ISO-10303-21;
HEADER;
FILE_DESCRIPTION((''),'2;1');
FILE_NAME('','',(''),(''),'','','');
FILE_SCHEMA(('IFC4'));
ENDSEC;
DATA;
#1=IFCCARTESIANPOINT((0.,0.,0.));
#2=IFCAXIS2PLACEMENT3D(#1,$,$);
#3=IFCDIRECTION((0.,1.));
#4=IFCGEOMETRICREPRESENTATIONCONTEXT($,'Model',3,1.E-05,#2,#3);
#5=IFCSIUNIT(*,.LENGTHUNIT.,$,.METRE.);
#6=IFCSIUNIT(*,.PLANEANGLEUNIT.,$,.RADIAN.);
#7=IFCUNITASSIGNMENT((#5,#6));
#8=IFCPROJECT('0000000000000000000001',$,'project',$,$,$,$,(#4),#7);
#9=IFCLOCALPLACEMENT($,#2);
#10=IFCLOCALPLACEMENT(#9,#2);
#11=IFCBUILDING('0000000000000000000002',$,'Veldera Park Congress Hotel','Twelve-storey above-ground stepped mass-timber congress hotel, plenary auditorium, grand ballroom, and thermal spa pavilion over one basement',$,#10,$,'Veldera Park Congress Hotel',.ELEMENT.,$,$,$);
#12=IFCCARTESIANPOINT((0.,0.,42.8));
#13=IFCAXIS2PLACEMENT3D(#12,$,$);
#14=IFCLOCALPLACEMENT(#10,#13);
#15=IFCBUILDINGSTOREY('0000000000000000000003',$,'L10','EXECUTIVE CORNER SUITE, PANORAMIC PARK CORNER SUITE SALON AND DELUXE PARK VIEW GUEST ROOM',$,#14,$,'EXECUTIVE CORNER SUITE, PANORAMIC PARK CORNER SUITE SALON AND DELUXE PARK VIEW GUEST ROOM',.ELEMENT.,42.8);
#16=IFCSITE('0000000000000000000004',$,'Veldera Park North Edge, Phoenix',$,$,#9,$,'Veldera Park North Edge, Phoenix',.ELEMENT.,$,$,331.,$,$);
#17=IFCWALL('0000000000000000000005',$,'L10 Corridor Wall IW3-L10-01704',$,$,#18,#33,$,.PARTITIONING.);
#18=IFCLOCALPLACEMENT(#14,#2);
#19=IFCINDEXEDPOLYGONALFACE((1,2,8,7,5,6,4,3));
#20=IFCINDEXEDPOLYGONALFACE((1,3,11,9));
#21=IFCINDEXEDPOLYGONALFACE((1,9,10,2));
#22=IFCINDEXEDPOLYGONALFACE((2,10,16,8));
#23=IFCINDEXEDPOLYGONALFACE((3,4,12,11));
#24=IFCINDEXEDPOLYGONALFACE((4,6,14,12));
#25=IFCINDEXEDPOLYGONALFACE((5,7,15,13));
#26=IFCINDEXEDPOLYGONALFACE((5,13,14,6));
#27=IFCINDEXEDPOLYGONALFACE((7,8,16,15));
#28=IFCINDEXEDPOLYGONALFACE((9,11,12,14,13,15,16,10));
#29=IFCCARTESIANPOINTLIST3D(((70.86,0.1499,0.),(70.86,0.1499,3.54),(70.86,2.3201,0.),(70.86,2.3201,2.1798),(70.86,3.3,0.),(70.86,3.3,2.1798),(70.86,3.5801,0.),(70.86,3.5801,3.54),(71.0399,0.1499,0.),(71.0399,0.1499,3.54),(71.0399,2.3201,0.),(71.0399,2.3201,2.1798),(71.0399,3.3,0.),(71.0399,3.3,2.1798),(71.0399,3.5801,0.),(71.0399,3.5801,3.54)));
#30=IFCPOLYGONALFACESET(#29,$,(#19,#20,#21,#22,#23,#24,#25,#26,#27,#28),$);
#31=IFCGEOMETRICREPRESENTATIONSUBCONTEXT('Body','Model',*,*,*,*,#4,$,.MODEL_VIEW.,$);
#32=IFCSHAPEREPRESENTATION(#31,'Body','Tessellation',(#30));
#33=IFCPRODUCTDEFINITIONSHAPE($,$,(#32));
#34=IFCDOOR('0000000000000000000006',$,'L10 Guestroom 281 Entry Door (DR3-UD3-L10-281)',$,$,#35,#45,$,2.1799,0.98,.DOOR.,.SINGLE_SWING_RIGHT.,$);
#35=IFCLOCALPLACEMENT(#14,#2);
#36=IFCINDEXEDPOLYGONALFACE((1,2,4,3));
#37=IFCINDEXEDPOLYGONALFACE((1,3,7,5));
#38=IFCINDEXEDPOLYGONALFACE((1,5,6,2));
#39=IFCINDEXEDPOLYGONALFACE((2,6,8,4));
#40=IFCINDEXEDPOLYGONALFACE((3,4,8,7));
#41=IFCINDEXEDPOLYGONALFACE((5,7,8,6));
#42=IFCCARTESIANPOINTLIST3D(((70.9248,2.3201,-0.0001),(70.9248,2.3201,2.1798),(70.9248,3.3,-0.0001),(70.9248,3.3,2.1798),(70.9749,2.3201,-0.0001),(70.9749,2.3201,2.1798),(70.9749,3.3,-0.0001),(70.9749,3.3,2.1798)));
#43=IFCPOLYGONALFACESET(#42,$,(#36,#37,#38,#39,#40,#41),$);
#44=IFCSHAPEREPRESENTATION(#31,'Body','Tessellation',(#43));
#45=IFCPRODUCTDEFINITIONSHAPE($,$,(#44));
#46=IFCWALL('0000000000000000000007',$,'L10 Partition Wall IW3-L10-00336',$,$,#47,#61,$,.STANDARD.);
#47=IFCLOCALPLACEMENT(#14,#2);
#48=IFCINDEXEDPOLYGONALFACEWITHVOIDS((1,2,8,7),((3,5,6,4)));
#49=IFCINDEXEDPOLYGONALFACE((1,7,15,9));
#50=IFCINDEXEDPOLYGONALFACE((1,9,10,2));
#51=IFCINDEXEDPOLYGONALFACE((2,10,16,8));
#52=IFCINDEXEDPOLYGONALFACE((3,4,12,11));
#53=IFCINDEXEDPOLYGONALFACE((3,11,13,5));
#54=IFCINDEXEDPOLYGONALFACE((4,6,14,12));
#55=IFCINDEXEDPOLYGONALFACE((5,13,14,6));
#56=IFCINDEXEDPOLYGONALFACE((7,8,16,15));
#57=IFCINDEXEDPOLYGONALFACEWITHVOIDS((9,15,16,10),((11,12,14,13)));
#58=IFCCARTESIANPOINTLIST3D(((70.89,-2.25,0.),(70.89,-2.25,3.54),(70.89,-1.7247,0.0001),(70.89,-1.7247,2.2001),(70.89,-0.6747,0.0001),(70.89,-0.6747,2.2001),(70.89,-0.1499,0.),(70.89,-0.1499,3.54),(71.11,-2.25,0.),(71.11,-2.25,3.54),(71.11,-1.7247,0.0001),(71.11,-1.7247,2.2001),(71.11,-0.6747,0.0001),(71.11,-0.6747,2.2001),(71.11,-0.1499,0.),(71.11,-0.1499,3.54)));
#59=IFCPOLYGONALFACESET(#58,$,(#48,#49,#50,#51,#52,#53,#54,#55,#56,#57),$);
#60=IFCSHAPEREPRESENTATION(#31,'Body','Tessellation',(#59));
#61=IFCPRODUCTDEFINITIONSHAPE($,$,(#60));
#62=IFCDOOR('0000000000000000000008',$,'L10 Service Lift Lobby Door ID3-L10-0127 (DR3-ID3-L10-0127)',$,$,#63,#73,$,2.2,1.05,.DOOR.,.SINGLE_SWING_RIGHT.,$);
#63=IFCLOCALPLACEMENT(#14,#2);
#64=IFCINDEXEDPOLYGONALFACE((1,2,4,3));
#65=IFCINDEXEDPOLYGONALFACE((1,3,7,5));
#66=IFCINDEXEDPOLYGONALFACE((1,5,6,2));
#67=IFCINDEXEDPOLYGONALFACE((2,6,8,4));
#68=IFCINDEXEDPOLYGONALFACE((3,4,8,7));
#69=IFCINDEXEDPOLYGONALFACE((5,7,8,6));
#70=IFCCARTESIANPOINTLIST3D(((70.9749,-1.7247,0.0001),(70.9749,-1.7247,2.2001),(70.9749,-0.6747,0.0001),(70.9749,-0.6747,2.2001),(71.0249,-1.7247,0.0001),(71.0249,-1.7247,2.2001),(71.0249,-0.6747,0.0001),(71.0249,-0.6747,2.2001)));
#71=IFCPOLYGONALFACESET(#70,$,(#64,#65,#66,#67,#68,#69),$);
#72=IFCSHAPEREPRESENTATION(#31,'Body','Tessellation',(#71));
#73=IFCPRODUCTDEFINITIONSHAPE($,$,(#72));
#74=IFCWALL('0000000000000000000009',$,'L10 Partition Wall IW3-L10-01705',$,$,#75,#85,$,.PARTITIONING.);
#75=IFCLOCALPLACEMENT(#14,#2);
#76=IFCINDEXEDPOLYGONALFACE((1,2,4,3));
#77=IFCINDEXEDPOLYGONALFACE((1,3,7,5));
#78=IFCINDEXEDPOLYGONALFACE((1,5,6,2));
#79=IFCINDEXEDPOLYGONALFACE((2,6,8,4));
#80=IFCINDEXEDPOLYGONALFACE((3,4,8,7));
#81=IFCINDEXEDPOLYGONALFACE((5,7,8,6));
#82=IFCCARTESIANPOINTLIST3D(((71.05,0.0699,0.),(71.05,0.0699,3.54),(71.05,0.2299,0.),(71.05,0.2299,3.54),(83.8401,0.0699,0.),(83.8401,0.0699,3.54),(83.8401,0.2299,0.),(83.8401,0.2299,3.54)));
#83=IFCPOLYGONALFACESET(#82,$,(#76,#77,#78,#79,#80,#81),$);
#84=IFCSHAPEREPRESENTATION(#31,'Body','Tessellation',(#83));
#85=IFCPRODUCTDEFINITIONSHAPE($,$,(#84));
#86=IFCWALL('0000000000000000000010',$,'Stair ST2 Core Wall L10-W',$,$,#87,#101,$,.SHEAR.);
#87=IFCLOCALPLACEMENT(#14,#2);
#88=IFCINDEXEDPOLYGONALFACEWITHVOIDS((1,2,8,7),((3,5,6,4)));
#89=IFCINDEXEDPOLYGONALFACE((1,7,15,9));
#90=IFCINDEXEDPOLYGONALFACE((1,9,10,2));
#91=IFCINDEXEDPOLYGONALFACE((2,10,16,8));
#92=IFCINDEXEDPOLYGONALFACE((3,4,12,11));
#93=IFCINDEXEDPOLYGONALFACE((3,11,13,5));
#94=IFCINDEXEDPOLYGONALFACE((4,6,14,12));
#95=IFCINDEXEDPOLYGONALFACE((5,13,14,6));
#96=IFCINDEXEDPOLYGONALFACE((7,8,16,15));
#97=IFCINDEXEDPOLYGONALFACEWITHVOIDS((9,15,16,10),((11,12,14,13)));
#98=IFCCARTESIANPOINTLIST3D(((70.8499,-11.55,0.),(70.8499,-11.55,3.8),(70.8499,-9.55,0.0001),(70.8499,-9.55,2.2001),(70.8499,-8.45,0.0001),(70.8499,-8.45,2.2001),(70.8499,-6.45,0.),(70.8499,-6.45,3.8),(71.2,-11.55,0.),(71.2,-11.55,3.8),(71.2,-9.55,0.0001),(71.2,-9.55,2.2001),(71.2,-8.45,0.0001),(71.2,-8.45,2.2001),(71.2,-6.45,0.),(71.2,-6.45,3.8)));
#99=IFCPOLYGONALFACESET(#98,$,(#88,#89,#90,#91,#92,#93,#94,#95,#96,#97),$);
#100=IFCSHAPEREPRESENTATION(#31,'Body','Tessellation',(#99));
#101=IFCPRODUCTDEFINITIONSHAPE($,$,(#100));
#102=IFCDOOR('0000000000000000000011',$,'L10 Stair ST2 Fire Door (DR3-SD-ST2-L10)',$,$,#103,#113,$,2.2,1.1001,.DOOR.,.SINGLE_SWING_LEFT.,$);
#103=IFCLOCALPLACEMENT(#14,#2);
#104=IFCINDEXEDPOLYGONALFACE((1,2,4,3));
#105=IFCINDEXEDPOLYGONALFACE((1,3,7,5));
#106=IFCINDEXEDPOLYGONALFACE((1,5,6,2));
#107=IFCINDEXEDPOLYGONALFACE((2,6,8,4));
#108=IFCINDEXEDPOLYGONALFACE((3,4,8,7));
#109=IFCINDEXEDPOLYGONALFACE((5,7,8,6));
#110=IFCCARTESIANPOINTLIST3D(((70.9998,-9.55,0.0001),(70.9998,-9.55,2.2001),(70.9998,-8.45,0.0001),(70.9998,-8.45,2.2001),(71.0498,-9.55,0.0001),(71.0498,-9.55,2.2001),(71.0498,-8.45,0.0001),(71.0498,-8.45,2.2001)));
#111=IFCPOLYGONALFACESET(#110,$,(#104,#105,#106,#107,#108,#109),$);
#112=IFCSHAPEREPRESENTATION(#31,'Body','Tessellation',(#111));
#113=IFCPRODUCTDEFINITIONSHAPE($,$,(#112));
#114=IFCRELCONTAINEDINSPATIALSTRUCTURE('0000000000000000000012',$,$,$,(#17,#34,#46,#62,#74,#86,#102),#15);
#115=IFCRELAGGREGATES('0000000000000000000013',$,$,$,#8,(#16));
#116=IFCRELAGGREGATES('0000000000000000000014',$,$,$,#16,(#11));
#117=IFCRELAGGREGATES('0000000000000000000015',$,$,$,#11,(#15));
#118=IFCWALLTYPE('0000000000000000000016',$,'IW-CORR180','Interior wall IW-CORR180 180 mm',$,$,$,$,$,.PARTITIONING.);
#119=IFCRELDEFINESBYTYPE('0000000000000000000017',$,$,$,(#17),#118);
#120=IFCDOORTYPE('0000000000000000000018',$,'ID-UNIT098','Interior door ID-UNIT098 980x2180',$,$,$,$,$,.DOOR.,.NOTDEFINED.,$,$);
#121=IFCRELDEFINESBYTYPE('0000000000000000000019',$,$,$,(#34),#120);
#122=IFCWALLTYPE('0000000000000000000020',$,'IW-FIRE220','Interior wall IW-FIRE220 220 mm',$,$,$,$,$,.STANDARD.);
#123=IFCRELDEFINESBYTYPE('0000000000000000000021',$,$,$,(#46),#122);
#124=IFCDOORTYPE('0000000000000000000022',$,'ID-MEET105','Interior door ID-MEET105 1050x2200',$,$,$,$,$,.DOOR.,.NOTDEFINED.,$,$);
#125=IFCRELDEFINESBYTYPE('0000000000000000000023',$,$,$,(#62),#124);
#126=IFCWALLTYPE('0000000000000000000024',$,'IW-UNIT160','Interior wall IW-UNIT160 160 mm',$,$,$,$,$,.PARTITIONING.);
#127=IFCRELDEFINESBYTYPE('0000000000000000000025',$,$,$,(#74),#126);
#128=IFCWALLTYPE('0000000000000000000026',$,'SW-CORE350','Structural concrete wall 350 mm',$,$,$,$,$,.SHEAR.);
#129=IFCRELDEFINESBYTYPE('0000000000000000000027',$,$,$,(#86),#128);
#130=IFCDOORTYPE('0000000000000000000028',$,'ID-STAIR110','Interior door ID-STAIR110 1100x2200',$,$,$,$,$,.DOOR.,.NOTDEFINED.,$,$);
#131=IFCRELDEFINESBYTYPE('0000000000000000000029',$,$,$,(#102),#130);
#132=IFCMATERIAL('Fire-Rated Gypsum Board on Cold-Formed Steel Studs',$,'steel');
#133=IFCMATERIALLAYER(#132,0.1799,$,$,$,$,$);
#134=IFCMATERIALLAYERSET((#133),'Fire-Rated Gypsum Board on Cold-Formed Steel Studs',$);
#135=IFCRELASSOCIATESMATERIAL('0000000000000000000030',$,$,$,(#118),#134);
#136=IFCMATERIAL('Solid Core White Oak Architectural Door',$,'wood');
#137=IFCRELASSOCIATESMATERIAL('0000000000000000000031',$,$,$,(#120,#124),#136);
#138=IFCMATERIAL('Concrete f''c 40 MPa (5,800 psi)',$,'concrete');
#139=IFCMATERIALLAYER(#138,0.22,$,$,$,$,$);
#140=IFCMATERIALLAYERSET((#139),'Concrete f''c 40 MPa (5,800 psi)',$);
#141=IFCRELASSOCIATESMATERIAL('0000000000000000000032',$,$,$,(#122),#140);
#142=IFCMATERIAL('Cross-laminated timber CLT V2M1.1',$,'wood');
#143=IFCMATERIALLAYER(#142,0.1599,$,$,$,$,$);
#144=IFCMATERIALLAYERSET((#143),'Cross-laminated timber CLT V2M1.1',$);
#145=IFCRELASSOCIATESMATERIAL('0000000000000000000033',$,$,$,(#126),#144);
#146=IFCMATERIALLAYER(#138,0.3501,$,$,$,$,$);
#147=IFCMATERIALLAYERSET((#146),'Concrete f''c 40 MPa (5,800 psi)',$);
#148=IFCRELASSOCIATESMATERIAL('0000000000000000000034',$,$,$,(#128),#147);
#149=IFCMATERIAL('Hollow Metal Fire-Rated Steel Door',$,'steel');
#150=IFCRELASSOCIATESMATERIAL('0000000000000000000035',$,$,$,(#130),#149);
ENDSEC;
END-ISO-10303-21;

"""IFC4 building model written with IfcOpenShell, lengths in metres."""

from ifc_helpers import new_model, si_unit, direction, frame, frame_2d, origin, place, context, subcontext, project, spatial, rectangle, extrude, material, layer, layer_set, type_object, element, fill, save


model = new_model("IFC4")

# Units and contexts
model_context = context("Model", 3, precision=1e-05, world=origin(), true_north=direction((0.0, 1.0)))
body_context = subcontext(model_context, "Body", "Model", "MODEL_VIEW")
ifc_project = project(units=[si_unit("LENGTHUNIT", "METRE"), si_unit("PLANEANGLEUNIT", "RADIAN")], contexts=[model_context])

# Site, building, storey
site_placement = place(None, origin())
site = spatial("IfcSite", under=ifc_project, at=site_placement, Name="Veldera Park North Edge, Phoenix", LongName="Veldera Park North Edge, Phoenix", CompositionType="ELEMENT", RefElevation=331.0)
building_placement = place(site_placement, origin())
building = spatial("IfcBuilding", under=site, at=building_placement, Name="Veldera Park Congress Hotel", Description="Twelve-storey above-ground stepped mass-timber congress hotel, plenary auditorium, grand ballroom, and thermal spa pavilion over one basement", LongName="Veldera Park Congress Hotel", CompositionType="ELEMENT")
storey_placement = place(building_placement, frame((0.0, 0.0, 42.8)))
storey = spatial("IfcBuildingStorey", under=building, at=storey_placement, Name="L10", Description="EXECUTIVE CORNER SUITE, PANORAMIC PARK CORNER SUITE SALON AND DELUXE PARK VIEW GUEST ROOM", LongName="EXECUTIVE CORNER SUITE, PANORAMIC PARK CORNER SUITE SALON AND DELUXE PARK VIEW GUEST ROOM", CompositionType="ELEMENT", Elevation=42.8)

# Shared definitions
ifc_material_1 = material(Name="Cross-laminated timber CLT V2M1.1", Category="wood")

# Walls, openings, doors
ifc_material_2 = material(Name="Fire-Rated Gypsum Board on Cold-Formed Steel Studs", Category="steel")
ifc_layer_1 = layer(ifc_material_2, 0.1799)
ifc_layer_set_1 = layer_set([ifc_layer_1], Name="Fire-Rated Gypsum Board on Cold-Formed Steel Studs")
wall_type_1 = type_object("IfcWallType", Name="IW-CORR180", Description="Interior wall IW-CORR180 180 mm", PredefinedType="PARTITIONING", material=ifc_layer_set_1)
wall_1_placement = place(storey_placement, frame((70.95, 3.5801, 0.0), z_axis=(0.0, 0.0, 1.0), x_axis=(0.0, -1.0, 0.0)))
wall_1 = element("IfcWall", 1, at=wall_1_placement, inside=storey, type_object=wall_type_1, Name="L10 Corridor Wall IW3-L10-01704", PredefinedType="PARTITIONING", context=body_context, shape_type="SweptSolid", body=[
    extrude(rectangle(XDim=3.4302, YDim=0.1799, at=frame_2d((1.7151, 0.0))), origin(), (0.0, 0.0, 1.0), 3.54),
])
opening_1_placement = place(wall_1_placement, frame((0.28, 0.0, 0.0)))
opening_1 = element("IfcOpeningElement", 2, at=opening_1_placement, cuts=wall_1, PredefinedType="OPENING", context=body_context, shape_type="SweptSolid", body=[
    extrude(rectangle(XDim=0.98, YDim=2.1799, at=frame_2d((0.49, 1.0898))), frame((0.0, 0.1021, 0.0), z_axis=(0.0, -1.0, 0.0), x_axis=(1.0, 0.0, 0.0)), (0.0, 0.0, 1.0), 0.2039),
])
ifc_material_3 = material(Name="Solid Core White Oak Architectural Door", Category="wood")
door_type_1 = type_object("IfcDoorType", Name="ID-UNIT098", Description="Interior door ID-UNIT098 980x2180", OperationType="NOTDEFINED", PredefinedType="DOOR", material=ifc_material_3)
door_1_placement = place(opening_1_placement, origin())
door_1 = element("IfcDoor", 3, at=door_1_placement, inside=storey, type_object=door_type_1, Name="L10 Guestroom 281 Entry Door (DR3-UD3-L10-281)", OperationType="SINGLE_SWING_RIGHT", OverallHeight=2.1799, OverallWidth=0.98, PredefinedType="DOOR", context=body_context, shape_type="SweptSolid", body=[
    extrude(rectangle(XDim=0.98, YDim=2.1799, at=frame_2d((0.49, 1.0898))), frame((0.0, 0.0249, 0.0), z_axis=(0.0, -1.0, 0.0), x_axis=(1.0, 0.0, 0.0)), (0.0, 0.0, 1.0), 0.05),
])
fill(opening_1, door_1)
ifc_material_4 = material(Name="Concrete f'c 40 MPa (5,800 psi)", Category="concrete")
ifc_layer_2 = layer(ifc_material_4, 0.22)
ifc_layer_set_2 = layer_set([ifc_layer_2], Name="Concrete f'c 40 MPa (5,800 psi)")
wall_type_2 = type_object("IfcWallType", Name="IW-FIRE220", Description="Interior wall IW-FIRE220 220 mm", PredefinedType="STANDARD", material=ifc_layer_set_2)
wall_2_placement = place(storey_placement, frame((71.0, -0.1499, 0.0), z_axis=(0.0, 0.0, 1.0), x_axis=(0.0, -1.0, 0.0)))
wall_2 = element("IfcWall", 4, at=wall_2_placement, inside=storey, type_object=wall_type_2, Name="L10 Partition Wall IW3-L10-00336", PredefinedType="STANDARD", context=body_context, shape_type="SweptSolid", body=[
    extrude(rectangle(XDim=2.1001, YDim=0.22, at=frame_2d((1.05, 0.0))), origin(), (0.0, 0.0, 1.0), 3.54),
])
opening_2_placement = place(wall_2_placement, frame((0.5249, 0.0, 0.0)))
opening_2 = element("IfcOpeningElement", 5, at=opening_2_placement, cuts=wall_2, PredefinedType="OPENING", context=body_context, shape_type="SweptSolid", body=[
    extrude(rectangle(XDim=1.05, YDim=2.2, at=frame_2d((0.5249, 1.1001))), frame((0.0, 0.1221, 0.0), z_axis=(0.0, -1.0, 0.0), x_axis=(1.0, 0.0, 0.0)), (0.0, 0.0, 1.0), 0.2439),
])
door_type_2 = type_object("IfcDoorType", Name="ID-MEET105", Description="Interior door ID-MEET105 1050x2200", OperationType="NOTDEFINED", PredefinedType="DOOR", material=ifc_material_3)
door_2_placement = place(opening_2_placement, origin())
door_2 = element("IfcDoor", 6, at=door_2_placement, inside=storey, type_object=door_type_2, Name="L10 Service Lift Lobby Door ID3-L10-0127 (DR3-ID3-L10-0127)", OperationType="SINGLE_SWING_RIGHT", OverallHeight=2.2, OverallWidth=1.05, PredefinedType="DOOR", context=body_context, shape_type="SweptSolid", body=[
    extrude(rectangle(XDim=1.05, YDim=2.2, at=frame_2d((0.5249, 1.1001))), frame((0.0, 0.0249, 0.0), z_axis=(0.0, -1.0, 0.0), x_axis=(1.0, 0.0, 0.0)), (0.0, 0.0, 1.0), 0.05),
])
fill(opening_2, door_2)

# Wall
ifc_layer_3 = layer(ifc_material_1, 0.1599)
ifc_layer_set_3 = layer_set([ifc_layer_3], Name="Cross-laminated timber CLT V2M1.1")
wall_type_3 = type_object("IfcWallType", Name="IW-UNIT160", Description="Interior wall IW-UNIT160 160 mm", PredefinedType="PARTITIONING", material=ifc_layer_set_3)
wall_3_placement = place(storey_placement, frame((71.05, 0.1499, 0.0), z_axis=(0.0, 0.0, 1.0), x_axis=(1.0, 0.0, 0.0)))
element("IfcWall", 7, at=wall_3_placement, inside=storey, type_object=wall_type_3, Name="L10 Partition Wall IW3-L10-01705", PredefinedType="PARTITIONING", context=body_context, shape_type="SweptSolid", body=[
    extrude(rectangle(XDim=12.79, YDim=0.1599, at=frame_2d((6.395, 0.0))), origin(), (0.0, 0.0, 1.0), 3.54),
])

# Wall, opening, door
ifc_layer_4 = layer(ifc_material_4, 0.3501)
ifc_layer_set_4 = layer_set([ifc_layer_4], Name="Concrete f'c 40 MPa (5,800 psi)")
wall_type_4 = type_object("IfcWallType", Name="SW-CORE350", Description="Structural concrete wall 350 mm", PredefinedType="SHEAR", material=ifc_layer_set_4)
wall_4_placement = place(storey_placement, frame((71.0249, -6.45, 0.0), z_axis=(0.0, 0.0, 1.0), x_axis=(0.0, -1.0, 0.0)))
wall_4 = element("IfcWall", 8, at=wall_4_placement, inside=storey, type_object=wall_type_4, Name="Stair ST2 Core Wall L10-W", PredefinedType="SHEAR", context=body_context, shape_type="SweptSolid", body=[
    extrude(rectangle(XDim=5.1001, YDim=0.3501, at=frame_2d((2.55, 0.0))), origin(), (0.0, 0.0, 1.0), 3.8),
])
opening_3_placement = place(wall_4_placement, frame((2.0, 0.0, 0.0)))
opening_3 = element("IfcOpeningElement", 9, at=opening_3_placement, cuts=wall_4, PredefinedType="OPENING", context=body_context, shape_type="SweptSolid", body=[
    extrude(rectangle(XDim=1.1001, YDim=2.2, at=frame_2d((0.55, 1.1001))), frame((0.0, 0.187, 0.0), z_axis=(0.0, -1.0, 0.0), x_axis=(1.0, 0.0, 0.0)), (0.0, 0.0, 1.0), 0.374),
])
ifc_material_5 = material(Name="Hollow Metal Fire-Rated Steel Door", Category="steel")
door_type_3 = type_object("IfcDoorType", Name="ID-STAIR110", Description="Interior door ID-STAIR110 1100x2200", OperationType="NOTDEFINED", PredefinedType="DOOR", material=ifc_material_5)
door_3_placement = place(opening_3_placement, origin())
door_3 = element("IfcDoor", 10, at=door_3_placement, inside=storey, type_object=door_type_3, Name="L10 Stair ST2 Fire Door (DR3-SD-ST2-L10)", OperationType="SINGLE_SWING_LEFT", OverallHeight=2.2, OverallWidth=1.1001, PredefinedType="DOOR", context=body_context, shape_type="SweptSolid", body=[
    extrude(rectangle(XDim=1.1001, YDim=2.2, at=frame_2d((0.55, 1.1001))), frame((0.0, 0.0249, 0.0), z_axis=(0.0, -1.0, 0.0), x_axis=(1.0, 0.0, 0.0)), (0.0, 0.0, 1.0), 0.05),
])
fill(opening_3, door_3)

save(model, "model.ifc")
